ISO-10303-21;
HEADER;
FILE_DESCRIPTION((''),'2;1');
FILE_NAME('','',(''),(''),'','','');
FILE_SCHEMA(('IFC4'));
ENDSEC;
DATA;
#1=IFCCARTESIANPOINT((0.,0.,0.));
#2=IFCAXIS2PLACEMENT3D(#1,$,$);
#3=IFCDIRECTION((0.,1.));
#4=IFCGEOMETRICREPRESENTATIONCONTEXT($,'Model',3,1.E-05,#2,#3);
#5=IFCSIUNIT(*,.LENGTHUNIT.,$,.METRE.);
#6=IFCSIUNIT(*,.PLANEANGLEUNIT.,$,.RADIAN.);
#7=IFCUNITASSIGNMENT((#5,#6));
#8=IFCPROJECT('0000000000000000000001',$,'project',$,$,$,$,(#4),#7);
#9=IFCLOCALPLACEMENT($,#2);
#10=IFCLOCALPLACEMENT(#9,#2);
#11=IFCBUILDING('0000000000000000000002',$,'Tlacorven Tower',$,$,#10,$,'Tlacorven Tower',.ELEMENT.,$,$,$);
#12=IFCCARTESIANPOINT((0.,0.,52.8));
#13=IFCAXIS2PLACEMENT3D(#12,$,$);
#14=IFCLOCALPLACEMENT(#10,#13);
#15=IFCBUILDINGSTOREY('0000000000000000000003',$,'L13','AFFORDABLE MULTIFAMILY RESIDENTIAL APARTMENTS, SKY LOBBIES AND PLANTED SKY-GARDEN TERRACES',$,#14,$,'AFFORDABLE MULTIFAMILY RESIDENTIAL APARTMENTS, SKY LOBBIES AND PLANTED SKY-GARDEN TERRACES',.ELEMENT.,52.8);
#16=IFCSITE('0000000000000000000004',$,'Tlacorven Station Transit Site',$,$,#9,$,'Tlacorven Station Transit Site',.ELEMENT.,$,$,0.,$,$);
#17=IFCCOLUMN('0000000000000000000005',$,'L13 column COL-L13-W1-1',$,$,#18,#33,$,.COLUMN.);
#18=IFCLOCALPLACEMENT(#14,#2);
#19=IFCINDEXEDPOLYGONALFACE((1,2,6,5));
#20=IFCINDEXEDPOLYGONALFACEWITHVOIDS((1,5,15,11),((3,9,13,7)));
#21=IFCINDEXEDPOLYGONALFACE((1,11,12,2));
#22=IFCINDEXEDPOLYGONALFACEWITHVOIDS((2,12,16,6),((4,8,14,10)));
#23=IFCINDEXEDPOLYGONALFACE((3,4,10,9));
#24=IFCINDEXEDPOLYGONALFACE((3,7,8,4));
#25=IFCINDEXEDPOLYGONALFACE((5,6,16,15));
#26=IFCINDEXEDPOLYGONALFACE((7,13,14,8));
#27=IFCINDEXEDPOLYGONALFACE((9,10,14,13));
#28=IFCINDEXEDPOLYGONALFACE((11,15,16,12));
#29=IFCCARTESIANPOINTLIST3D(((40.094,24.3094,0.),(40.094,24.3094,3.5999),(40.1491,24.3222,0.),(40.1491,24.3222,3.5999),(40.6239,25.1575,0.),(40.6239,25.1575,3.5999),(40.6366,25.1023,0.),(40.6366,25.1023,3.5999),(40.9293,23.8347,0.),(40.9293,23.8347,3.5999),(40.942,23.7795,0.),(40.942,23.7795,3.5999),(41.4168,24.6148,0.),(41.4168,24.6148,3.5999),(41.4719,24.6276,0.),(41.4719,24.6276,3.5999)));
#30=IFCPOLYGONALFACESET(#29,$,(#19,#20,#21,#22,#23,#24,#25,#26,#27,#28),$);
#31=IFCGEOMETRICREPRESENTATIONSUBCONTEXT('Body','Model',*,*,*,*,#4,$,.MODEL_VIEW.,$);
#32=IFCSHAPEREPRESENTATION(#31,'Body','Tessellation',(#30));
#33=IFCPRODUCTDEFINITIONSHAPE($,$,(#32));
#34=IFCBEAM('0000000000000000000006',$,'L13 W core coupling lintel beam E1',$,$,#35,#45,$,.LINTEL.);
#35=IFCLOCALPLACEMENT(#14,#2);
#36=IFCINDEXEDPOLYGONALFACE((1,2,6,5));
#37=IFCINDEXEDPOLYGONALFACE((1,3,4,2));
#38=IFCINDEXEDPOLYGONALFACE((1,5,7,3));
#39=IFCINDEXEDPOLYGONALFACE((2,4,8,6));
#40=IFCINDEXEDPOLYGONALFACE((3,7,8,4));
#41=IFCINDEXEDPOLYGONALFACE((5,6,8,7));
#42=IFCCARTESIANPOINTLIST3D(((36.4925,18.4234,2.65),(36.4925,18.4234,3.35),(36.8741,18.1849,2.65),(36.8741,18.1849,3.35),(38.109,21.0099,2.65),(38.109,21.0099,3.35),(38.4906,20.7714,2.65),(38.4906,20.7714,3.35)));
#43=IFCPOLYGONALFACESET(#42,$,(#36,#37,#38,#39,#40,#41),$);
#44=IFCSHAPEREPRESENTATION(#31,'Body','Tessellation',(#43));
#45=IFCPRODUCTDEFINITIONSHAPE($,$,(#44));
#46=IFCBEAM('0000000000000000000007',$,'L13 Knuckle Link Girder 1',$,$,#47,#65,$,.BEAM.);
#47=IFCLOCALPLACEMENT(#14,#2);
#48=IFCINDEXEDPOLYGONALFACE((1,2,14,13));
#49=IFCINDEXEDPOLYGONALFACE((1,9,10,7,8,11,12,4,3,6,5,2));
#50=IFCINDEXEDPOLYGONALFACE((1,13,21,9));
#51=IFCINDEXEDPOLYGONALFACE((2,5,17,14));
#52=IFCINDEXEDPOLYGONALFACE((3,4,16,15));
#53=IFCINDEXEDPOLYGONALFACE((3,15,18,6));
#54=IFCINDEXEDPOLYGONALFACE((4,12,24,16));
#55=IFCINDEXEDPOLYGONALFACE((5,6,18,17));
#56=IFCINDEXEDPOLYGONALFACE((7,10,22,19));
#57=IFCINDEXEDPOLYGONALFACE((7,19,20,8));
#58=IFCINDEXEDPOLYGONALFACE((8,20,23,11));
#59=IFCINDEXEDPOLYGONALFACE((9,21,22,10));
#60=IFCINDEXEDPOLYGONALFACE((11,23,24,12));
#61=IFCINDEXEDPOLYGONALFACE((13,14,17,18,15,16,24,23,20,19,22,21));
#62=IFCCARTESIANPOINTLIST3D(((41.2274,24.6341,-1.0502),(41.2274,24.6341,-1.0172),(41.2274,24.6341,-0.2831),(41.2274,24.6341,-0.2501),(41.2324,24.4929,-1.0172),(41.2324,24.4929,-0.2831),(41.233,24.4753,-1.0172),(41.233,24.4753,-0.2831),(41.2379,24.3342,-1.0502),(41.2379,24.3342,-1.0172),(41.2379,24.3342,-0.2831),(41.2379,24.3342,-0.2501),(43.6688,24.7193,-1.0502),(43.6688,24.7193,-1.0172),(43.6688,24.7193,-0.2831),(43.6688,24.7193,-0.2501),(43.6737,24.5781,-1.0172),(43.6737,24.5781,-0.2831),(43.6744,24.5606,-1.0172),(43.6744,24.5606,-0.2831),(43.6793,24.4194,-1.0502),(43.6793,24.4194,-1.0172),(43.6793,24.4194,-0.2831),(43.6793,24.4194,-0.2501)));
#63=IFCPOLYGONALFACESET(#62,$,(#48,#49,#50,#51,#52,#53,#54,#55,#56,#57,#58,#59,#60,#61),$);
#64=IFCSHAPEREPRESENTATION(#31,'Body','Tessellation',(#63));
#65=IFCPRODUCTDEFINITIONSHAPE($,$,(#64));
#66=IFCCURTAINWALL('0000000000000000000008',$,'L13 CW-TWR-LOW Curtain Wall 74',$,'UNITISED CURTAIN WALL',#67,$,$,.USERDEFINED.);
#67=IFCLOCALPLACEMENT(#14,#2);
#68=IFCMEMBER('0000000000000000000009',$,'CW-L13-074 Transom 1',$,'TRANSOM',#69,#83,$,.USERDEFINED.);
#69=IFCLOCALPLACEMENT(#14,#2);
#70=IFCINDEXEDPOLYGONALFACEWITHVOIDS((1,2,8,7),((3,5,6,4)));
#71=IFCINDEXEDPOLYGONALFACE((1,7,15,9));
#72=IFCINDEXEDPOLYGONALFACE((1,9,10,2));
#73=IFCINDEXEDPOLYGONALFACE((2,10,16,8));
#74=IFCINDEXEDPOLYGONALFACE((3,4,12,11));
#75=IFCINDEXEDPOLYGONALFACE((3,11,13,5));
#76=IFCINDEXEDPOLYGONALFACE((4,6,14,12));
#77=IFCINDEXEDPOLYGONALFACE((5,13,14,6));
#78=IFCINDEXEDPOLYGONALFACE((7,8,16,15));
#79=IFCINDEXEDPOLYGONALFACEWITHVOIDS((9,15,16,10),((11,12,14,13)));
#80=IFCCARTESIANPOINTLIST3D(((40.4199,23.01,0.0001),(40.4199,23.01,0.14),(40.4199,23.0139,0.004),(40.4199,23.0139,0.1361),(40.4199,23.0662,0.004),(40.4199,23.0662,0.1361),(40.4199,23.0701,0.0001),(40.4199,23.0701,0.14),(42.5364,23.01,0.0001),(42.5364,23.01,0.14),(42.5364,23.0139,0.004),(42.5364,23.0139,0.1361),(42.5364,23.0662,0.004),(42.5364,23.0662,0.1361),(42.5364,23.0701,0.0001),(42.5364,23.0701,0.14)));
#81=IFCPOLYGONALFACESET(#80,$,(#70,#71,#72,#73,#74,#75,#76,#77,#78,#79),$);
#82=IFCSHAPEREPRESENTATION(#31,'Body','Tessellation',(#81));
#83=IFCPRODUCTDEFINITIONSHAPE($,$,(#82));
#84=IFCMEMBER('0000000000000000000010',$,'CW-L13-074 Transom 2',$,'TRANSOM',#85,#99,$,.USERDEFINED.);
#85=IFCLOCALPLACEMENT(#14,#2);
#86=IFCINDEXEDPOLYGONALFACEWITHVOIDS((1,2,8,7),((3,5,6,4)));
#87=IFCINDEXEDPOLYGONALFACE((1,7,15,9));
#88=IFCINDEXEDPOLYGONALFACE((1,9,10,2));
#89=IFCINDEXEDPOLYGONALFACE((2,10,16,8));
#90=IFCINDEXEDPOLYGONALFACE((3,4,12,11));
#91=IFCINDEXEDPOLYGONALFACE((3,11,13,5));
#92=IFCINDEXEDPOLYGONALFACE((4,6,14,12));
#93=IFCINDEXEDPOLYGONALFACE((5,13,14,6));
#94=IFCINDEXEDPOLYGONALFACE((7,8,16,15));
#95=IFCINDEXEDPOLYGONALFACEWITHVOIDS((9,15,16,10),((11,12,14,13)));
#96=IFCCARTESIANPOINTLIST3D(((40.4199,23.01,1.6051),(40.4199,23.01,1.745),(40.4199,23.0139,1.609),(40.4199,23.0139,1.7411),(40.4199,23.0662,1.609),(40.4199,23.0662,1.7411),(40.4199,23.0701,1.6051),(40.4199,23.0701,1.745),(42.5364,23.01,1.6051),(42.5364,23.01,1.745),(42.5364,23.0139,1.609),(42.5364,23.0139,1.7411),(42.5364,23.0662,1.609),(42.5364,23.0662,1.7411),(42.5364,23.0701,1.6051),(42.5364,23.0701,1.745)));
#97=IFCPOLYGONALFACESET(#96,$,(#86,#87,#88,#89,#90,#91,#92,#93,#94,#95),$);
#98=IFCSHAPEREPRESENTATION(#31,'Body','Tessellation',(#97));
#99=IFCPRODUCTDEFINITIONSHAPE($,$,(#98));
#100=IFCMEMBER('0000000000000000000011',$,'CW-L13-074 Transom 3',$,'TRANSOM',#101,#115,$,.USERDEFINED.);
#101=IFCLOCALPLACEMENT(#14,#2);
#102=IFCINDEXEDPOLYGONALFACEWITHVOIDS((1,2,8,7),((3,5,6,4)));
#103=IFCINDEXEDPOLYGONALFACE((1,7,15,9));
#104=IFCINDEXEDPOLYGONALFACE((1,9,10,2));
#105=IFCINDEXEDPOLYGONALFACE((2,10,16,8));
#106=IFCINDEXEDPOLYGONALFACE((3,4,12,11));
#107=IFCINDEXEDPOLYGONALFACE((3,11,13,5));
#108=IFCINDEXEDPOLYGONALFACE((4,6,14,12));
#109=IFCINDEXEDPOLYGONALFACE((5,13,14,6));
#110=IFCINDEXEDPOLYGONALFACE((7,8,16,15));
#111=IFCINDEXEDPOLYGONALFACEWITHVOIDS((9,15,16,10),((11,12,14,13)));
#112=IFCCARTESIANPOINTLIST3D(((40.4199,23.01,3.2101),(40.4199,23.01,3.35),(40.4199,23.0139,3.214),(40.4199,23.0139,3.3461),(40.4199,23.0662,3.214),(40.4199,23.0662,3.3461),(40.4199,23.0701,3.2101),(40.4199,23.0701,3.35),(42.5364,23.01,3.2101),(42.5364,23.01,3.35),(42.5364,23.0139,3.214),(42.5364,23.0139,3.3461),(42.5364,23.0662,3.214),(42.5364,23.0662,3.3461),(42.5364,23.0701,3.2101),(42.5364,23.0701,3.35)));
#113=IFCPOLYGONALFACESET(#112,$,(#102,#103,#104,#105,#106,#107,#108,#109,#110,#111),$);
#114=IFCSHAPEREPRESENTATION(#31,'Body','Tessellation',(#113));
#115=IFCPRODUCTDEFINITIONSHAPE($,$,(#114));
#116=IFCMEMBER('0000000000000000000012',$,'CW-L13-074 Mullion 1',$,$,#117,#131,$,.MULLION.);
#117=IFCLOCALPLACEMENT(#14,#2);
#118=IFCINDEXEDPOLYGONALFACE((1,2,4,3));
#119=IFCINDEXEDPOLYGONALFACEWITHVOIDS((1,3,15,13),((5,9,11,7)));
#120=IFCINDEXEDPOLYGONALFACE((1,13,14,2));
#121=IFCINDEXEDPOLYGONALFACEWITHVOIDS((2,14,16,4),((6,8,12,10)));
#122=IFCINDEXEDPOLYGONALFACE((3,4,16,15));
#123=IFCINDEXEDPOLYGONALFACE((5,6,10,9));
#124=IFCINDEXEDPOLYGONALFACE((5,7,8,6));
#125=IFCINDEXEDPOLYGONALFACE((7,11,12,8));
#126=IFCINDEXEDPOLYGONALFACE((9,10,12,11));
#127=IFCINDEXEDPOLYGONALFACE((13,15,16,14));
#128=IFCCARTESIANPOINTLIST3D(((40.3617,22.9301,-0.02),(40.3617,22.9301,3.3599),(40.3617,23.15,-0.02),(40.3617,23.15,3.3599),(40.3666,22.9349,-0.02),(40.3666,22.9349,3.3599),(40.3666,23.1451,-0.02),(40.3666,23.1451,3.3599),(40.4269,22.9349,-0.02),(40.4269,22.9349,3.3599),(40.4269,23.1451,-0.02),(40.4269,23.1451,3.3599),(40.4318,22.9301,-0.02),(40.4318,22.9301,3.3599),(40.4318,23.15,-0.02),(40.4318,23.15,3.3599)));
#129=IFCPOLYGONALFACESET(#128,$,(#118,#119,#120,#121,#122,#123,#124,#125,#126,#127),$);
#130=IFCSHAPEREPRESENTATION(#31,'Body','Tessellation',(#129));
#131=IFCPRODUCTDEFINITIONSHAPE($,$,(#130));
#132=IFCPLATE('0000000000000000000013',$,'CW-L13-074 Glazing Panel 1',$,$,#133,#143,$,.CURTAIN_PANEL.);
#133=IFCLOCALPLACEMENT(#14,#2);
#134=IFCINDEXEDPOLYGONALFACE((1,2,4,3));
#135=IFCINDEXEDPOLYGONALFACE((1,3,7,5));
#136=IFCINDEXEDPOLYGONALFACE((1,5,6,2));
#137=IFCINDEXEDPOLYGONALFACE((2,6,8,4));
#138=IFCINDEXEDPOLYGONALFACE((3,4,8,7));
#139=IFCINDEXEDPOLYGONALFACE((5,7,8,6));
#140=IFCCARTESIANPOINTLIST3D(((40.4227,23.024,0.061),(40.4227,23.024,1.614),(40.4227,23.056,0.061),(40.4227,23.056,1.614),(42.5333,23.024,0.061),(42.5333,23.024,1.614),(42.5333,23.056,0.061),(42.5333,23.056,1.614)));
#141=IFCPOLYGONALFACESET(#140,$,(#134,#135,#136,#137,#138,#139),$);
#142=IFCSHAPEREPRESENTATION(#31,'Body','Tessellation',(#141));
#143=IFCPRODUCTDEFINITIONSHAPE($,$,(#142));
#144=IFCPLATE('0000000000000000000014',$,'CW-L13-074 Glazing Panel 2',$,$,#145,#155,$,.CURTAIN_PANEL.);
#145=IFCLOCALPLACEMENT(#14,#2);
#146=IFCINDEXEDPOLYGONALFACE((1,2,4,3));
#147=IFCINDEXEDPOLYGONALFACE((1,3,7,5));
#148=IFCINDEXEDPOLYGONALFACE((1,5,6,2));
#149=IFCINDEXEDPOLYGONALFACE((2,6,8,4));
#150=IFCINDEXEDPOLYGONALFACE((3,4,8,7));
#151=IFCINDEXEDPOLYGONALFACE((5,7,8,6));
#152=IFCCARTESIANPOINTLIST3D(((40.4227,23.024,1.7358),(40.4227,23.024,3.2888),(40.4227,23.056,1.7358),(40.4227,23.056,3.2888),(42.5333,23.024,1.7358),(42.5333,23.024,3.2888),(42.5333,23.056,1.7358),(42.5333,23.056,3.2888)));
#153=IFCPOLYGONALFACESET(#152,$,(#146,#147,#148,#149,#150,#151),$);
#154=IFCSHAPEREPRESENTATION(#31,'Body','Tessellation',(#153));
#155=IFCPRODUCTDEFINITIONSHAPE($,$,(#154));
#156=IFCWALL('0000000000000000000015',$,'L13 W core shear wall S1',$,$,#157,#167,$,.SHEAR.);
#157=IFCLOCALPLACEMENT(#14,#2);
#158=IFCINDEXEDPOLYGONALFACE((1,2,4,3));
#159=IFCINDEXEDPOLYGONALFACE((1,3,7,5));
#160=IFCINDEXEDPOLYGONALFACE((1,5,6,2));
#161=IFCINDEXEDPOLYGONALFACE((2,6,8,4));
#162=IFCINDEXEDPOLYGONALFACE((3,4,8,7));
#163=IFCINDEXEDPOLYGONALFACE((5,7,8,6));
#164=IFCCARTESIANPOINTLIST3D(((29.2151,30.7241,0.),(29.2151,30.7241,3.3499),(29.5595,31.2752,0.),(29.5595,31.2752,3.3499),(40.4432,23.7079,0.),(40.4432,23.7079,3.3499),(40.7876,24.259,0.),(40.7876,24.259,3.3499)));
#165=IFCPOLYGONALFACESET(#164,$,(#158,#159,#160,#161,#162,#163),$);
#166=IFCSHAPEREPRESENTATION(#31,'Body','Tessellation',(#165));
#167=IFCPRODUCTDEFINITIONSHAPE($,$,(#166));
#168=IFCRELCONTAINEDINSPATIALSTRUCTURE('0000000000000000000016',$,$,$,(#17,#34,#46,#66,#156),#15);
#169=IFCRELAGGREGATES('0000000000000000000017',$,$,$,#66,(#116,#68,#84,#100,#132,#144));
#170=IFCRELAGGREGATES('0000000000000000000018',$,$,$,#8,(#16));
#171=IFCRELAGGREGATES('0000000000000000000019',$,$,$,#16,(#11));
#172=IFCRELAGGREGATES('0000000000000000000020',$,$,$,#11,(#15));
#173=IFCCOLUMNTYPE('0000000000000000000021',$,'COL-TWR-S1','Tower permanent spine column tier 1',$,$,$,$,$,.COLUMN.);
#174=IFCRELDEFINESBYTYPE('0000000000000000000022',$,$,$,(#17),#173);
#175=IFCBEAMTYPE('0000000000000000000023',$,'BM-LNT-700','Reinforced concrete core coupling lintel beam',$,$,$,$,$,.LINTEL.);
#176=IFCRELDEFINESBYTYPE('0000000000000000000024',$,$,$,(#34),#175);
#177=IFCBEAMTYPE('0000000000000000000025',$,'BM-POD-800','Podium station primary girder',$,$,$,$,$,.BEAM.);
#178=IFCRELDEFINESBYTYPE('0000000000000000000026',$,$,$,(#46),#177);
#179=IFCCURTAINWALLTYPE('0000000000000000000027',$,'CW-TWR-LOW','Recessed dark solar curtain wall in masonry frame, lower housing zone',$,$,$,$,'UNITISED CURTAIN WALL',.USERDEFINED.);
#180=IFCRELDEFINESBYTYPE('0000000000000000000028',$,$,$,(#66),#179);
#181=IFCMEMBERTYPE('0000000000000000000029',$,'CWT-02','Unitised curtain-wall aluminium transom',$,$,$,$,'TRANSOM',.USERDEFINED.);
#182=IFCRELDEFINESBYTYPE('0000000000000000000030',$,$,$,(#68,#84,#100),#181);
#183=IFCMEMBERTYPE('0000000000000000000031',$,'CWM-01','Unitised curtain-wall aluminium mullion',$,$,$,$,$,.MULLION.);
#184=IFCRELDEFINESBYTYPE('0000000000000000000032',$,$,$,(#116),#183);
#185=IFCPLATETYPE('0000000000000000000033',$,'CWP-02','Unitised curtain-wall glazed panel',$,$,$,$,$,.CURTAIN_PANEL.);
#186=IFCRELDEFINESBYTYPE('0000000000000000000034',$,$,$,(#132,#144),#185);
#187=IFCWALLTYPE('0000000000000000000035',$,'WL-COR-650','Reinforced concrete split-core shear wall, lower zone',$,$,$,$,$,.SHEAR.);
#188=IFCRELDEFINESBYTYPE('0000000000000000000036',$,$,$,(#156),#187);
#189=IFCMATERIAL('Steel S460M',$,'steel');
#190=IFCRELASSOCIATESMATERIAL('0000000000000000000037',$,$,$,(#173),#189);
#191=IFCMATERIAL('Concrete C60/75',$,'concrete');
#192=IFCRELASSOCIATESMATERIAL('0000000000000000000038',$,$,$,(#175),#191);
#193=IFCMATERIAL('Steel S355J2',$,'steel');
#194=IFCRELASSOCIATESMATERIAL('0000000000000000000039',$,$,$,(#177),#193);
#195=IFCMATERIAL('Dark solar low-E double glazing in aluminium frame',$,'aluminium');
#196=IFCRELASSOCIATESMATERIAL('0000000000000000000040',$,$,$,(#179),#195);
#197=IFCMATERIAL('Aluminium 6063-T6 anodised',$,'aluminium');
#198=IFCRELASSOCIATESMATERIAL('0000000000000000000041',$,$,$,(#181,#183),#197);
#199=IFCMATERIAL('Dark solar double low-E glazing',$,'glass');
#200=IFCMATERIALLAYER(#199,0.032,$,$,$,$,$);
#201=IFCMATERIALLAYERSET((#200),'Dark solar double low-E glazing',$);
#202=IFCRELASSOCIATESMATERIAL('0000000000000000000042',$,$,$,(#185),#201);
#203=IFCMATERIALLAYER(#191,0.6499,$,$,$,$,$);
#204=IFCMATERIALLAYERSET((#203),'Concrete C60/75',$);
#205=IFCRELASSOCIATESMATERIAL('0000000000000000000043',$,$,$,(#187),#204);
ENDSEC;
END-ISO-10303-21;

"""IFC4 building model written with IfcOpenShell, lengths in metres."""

from ifc_helpers import new_model, si_unit, direction, frame, frame_2d, origin, origin_2d, place, context, subcontext, project, spatial, rectangle, hollow_rectangle, i_section, extrude, source, transform, mapped, material, layer, layer_set, material_profile, profile_set, type_object, element, aggregate, save


model = new_model("IFC4")

# Units and contexts
model_context = context("Model", 3, precision=1e-05, world=origin(), true_north=direction((0.0, 1.0)))
body_context = subcontext(model_context, "Body", "Model", "MODEL_VIEW")
ifc_project = project(units=[si_unit("LENGTHUNIT", "METRE"), si_unit("PLANEANGLEUNIT", "RADIAN")], contexts=[model_context])

# Site, building, storey
site_placement = place(None, origin())
site = spatial("IfcSite", under=ifc_project, at=site_placement, Name="Tlacorven Station Transit Site", LongName="Tlacorven Station Transit Site", CompositionType="ELEMENT", RefElevation=0.0)
building_placement = place(site_placement, origin())
building = spatial("IfcBuilding", under=site, at=building_placement, Name="Tlacorven Tower", LongName="Tlacorven Tower", CompositionType="ELEMENT")
storey_placement = place(building_placement, frame((0.0, 0.0, 52.8)))
storey = spatial("IfcBuildingStorey", under=building, at=storey_placement, Name="L13", Description="AFFORDABLE MULTIFAMILY RESIDENTIAL APARTMENTS, SKY LOBBIES AND PLANTED SKY-GARDEN TERRACES", LongName="AFFORDABLE MULTIFAMILY RESIDENTIAL APARTMENTS, SKY LOBBIES AND PLANTED SKY-GARDEN TERRACES", CompositionType="ELEMENT", Elevation=52.8)

# Column
ifc_material_1 = material(Name="Steel S460M", Category="steel")
ifc_material_profile_1 = material_profile(ifc_material_1, hollow_rectangle(XDim=1.0, YDim=1.0, WallThickness=0.04, at=origin_2d()), Name="BOX 1000X1000X40")
ifc_profile_set_1 = profile_set([ifc_material_profile_1], Name="Steel S460M")
column_type = type_object("IfcColumnType", Name="COL-TWR-S1", Description="Tower permanent spine column tier 1", PredefinedType="COLUMN", material=ifc_profile_set_1)
shared_shape_1 = source(origin(), body_context, "Body", "SweptSolid", [
    extrude(hollow_rectangle(XDim=1.0, YDim=1.0, WallThickness=0.04, at=origin_2d()), origin(), (0.0, 0.0, 1.0), 3.5999),
])
column_placement = place(storey_placement, frame((40.783, 24.4685, 0.0), z_axis=(0.0, 0.0, 1.0), x_axis=(-0.848048, 0.529919, 0.0)))
element("IfcColumn", 1, at=column_placement, inside=storey, type_object=column_type, Name="L13 column COL-L13-W1-1", PredefinedType="COLUMN", context=body_context, shape_type="MappedRepresentation", body=[
    mapped(shared_shape_1, transform((0.0, 0.0, 0.0), scale=1.0)),
])

# Beams
ifc_material_2 = material(Name="Concrete C60/75", Category="concrete")
ifc_material_profile_2 = material_profile(ifc_material_2, rectangle(XDim=0.45, YDim=0.7, at=origin_2d()), Name="RC 450X700")
ifc_profile_set_2 = profile_set([ifc_material_profile_2], Name="Concrete C60/75")
beam_type_1 = type_object("IfcBeamType", Name="BM-LNT-700", Description="Reinforced concrete core coupling lintel beam", PredefinedType="LINTEL", material=ifc_profile_set_2)
shared_shape_2 = source(origin(), body_context, "Body", "SweptSolid", [
    extrude(rectangle(XDim=0.45, YDim=0.7, at=origin_2d()), origin(), (0.0, 0.0, 1.0), 3.05),
])
beam_1_placement = place(storey_placement, frame((38.2998, 20.8906, 3.0), z_axis=(-0.529985, -0.848007, 0.0), x_axis=(0.848007, -0.529985, 0.0)))
element("IfcBeam", 2, at=beam_1_placement, inside=storey, type_object=beam_type_1, Name="L13 W core coupling lintel beam E1", PredefinedType="LINTEL", context=body_context, shape_type="MappedRepresentation", body=[
    mapped(shared_shape_2, transform((0.0, 0.0, 0.0), scale=1.0)),
])
ifc_material_3 = material(Name="Steel S355J2", Category="steel")
ifc_material_profile_3 = material_profile(ifc_material_3, i_section(OverallWidth=0.3, OverallDepth=0.8, WebThickness=0.0176, FlangeThickness=0.033, at=origin_2d()), Name="HEB 800")
ifc_profile_set_3 = profile_set([ifc_material_profile_3], Name="Steel S355J2")
beam_type_2 = type_object("IfcBeamType", Name="BM-POD-800", Description="Podium station primary girder", PredefinedType="BEAM", material=ifc_profile_set_3)
shared_shape_3 = source(origin(), body_context, "Body", "SweptSolid", [
    extrude(i_section(OverallWidth=0.3, OverallDepth=0.8, WebThickness=0.0176, FlangeThickness=0.033, at=origin_2d()), origin(), (0.0, 0.0, 1.0), 2.4429),
])
beam_2_placement = place(storey_placement, frame((41.2327, 24.4841, -0.6501), z_axis=(0.999392, 0.034879, 0.0), x_axis=(-0.034879, 0.999392, 0.0)))
element("IfcBeam", 3, at=beam_2_placement, inside=storey, type_object=beam_type_2, Name="L13 Knuckle Link Girder 1", PredefinedType="BEAM", context=body_context, shape_type="MappedRepresentation", body=[
    mapped(shared_shape_3, transform((0.0, 0.0, 0.0), scale=1.0)),
])

# Curtain wall, members, plates
ifc_material_4 = material(Name="Dark solar low-E double glazing in aluminium frame", Category="aluminium")
curtain_wall_type = type_object("IfcCurtainWallType", Name="CW-TWR-LOW", Description="Recessed dark solar curtain wall in masonry frame, lower housing zone", ElementType="UNITISED CURTAIN WALL", PredefinedType="USERDEFINED", material=ifc_material_4)
curtain_wall_placement = place(storey_placement, origin())
curtain_wall = element("IfcCurtainWall", 4, at=curtain_wall_placement, inside=storey, type_object=curtain_wall_type, Name="L13 CW-TWR-LOW Curtain Wall 74", ObjectType="UNITISED CURTAIN WALL", PredefinedType="USERDEFINED")
ifc_material_5 = material(Name="Aluminium 6063-T6 anodised", Category="aluminium")
ifc_material_profile_4 = material_profile(ifc_material_5, hollow_rectangle(XDim=0.0601, YDim=0.1399, WallThickness=0.0039, at=origin_2d()), Name="ALU TRANSOM 60X140")
ifc_profile_set_4 = profile_set([ifc_material_profile_4], Name="Aluminium 6063-T6 anodised")
member_type_1 = type_object("IfcMemberType", Name="CWT-02", Description="Unitised curtain-wall aluminium transom", ElementType="TRANSOM", PredefinedType="USERDEFINED", material=ifc_profile_set_4)
shared_shape_4 = source(origin(), body_context, "Body", "SweptSolid", [
    extrude(hollow_rectangle(XDim=0.0601, YDim=0.1399, WallThickness=0.0039, at=origin_2d()), origin(), (0.0, 0.0, 1.0), 2.1165),
])
member_1_placement = place(storey_placement, frame((40.4199, 23.04, 0.0701), z_axis=(1.0, 0.0, 0.0), x_axis=(0.0, 1.0, 0.0)))
member_1 = element("IfcMember", 5, at=member_1_placement, type_object=member_type_1, Name="CW-L13-074 Transom 1", ObjectType="TRANSOM", PredefinedType="USERDEFINED", context=body_context, shape_type="MappedRepresentation", body=[
    mapped(shared_shape_4, transform((0.0, 0.0, 0.0), scale=1.0)),
])
member_2_placement = place(storey_placement, frame((40.4199, 23.04, 1.675), z_axis=(1.0, 0.0, 0.0), x_axis=(0.0, 1.0, 0.0)))
member_2 = element("IfcMember", 6, at=member_2_placement, type_object=member_type_1, Name="CW-L13-074 Transom 2", ObjectType="TRANSOM", PredefinedType="USERDEFINED", context=body_context, shape_type="MappedRepresentation", body=[
    mapped(shared_shape_4, transform((0.0, 0.0, 0.0), scale=1.0)),
])
member_3_placement = place(storey_placement, frame((40.4199, 23.04, 3.28), z_axis=(1.0, 0.0, 0.0), x_axis=(0.0, 1.0, 0.0)))
member_3 = element("IfcMember", 7, at=member_3_placement, type_object=member_type_1, Name="CW-L13-074 Transom 3", ObjectType="TRANSOM", PredefinedType="USERDEFINED", context=body_context, shape_type="MappedRepresentation", body=[
    mapped(shared_shape_4, transform((0.0, 0.0, 0.0), scale=1.0)),
])
ifc_material_profile_5 = material_profile(ifc_material_5, hollow_rectangle(XDim=0.0701, YDim=0.22, WallThickness=0.0049, at=origin_2d()), Name="ALU MULLION 70X220")
ifc_profile_set_5 = profile_set([ifc_material_profile_5], Name="Aluminium 6063-T6 anodised")
member_type_2 = type_object("IfcMemberType", Name="CWM-01", Description="Unitised curtain-wall aluminium mullion", PredefinedType="MULLION", material=ifc_profile_set_5)
shared_shape_5 = source(origin(), body_context, "Body", "SweptSolid", [
    extrude(hollow_rectangle(XDim=0.0701, YDim=0.22, WallThickness=0.0049, at=origin_2d()), origin(), (0.0, 0.0, 1.0), 3.3799),
])
member_4_placement = place(storey_placement, frame((40.3967, 23.04, -0.02), z_axis=(0.0, 0.0, 1.0), x_axis=(1.0, 0.0, 0.0)))
member_4 = element("IfcMember", 8, at=member_4_placement, type_object=member_type_2, Name="CW-L13-074 Mullion 1", PredefinedType="MULLION", context=body_context, shape_type="MappedRepresentation", body=[
    mapped(shared_shape_5, transform((0.0, 0.0, 0.0), scale=1.0)),
])
ifc_material_6 = material(Name="Dark solar double low-E glazing", Category="glass")
ifc_layer_1 = layer(ifc_material_6, 0.032)
ifc_layer_set_1 = layer_set([ifc_layer_1], Name="Dark solar double low-E glazing")
plate_type = type_object("IfcPlateType", Name="CWP-02", Description="Unitised curtain-wall glazed panel", PredefinedType="CURTAIN_PANEL", material=ifc_layer_set_1)
shared_shape_6 = source(origin(), body_context, "Body", "SweptSolid", [
    extrude(rectangle(XDim=2.1106, YDim=0.032, at=origin_2d()), origin(), (0.0, 0.0, 1.0), 1.553),
])
plate_1_placement = place(storey_placement, frame((41.478, 23.04, 0.061), z_axis=(0.0, 0.0, 1.0), x_axis=(1.0, 0.0, 0.0)))
plate_1 = element("IfcPlate", 9, at=plate_1_placement, type_object=plate_type, Name="CW-L13-074 Glazing Panel 1", PredefinedType="CURTAIN_PANEL", context=body_context, shape_type="MappedRepresentation", body=[
    mapped(shared_shape_6, transform((0.0, 0.0, 0.0), scale=1.0)),
])
plate_2_placement = place(storey_placement, frame((41.478, 23.04, 1.7358), z_axis=(0.0, 0.0, 1.0), x_axis=(1.0, 0.0, 0.0)))
plate_2 = element("IfcPlate", 10, at=plate_2_placement, type_object=plate_type, Name="CW-L13-074 Glazing Panel 2", PredefinedType="CURTAIN_PANEL", context=body_context, shape_type="MappedRepresentation", body=[
    mapped(shared_shape_6, transform((0.0, 0.0, 0.0), scale=1.0)),
])
aggregate(curtain_wall, [member_4, member_1, member_2, member_3, plate_1, plate_2])

# Wall
ifc_layer_2 = layer(ifc_material_2, 0.6499)
ifc_layer_set_2 = layer_set([ifc_layer_2], Name="Concrete C60/75")
wall_type_1 = type_object("IfcWallType", Name="WL-COR-650", Description="Reinforced concrete split-core shear wall, lower zone", PredefinedType="SHEAR", material=ifc_layer_set_2)
wall_1_placement = place(storey_placement, frame((40.6155, 23.9834, 0.0), z_axis=(0.0, 0.0, 1.0), x_axis=(-0.848046, 0.529923, 0.0)))
element("IfcWall", 11, at=wall_1_placement, inside=storey, type_object=wall_type_1, Name="L13 W core shear wall S1", PredefinedType="SHEAR", context=body_context, shape_type="SweptSolid", body=[
    extrude(rectangle(XDim=13.24, YDim=0.6499, at=frame_2d((6.6201, 0.0))), origin(), (0.0, 0.0, 1.0), 3.3499),
])

save(model, "model.ifc")
